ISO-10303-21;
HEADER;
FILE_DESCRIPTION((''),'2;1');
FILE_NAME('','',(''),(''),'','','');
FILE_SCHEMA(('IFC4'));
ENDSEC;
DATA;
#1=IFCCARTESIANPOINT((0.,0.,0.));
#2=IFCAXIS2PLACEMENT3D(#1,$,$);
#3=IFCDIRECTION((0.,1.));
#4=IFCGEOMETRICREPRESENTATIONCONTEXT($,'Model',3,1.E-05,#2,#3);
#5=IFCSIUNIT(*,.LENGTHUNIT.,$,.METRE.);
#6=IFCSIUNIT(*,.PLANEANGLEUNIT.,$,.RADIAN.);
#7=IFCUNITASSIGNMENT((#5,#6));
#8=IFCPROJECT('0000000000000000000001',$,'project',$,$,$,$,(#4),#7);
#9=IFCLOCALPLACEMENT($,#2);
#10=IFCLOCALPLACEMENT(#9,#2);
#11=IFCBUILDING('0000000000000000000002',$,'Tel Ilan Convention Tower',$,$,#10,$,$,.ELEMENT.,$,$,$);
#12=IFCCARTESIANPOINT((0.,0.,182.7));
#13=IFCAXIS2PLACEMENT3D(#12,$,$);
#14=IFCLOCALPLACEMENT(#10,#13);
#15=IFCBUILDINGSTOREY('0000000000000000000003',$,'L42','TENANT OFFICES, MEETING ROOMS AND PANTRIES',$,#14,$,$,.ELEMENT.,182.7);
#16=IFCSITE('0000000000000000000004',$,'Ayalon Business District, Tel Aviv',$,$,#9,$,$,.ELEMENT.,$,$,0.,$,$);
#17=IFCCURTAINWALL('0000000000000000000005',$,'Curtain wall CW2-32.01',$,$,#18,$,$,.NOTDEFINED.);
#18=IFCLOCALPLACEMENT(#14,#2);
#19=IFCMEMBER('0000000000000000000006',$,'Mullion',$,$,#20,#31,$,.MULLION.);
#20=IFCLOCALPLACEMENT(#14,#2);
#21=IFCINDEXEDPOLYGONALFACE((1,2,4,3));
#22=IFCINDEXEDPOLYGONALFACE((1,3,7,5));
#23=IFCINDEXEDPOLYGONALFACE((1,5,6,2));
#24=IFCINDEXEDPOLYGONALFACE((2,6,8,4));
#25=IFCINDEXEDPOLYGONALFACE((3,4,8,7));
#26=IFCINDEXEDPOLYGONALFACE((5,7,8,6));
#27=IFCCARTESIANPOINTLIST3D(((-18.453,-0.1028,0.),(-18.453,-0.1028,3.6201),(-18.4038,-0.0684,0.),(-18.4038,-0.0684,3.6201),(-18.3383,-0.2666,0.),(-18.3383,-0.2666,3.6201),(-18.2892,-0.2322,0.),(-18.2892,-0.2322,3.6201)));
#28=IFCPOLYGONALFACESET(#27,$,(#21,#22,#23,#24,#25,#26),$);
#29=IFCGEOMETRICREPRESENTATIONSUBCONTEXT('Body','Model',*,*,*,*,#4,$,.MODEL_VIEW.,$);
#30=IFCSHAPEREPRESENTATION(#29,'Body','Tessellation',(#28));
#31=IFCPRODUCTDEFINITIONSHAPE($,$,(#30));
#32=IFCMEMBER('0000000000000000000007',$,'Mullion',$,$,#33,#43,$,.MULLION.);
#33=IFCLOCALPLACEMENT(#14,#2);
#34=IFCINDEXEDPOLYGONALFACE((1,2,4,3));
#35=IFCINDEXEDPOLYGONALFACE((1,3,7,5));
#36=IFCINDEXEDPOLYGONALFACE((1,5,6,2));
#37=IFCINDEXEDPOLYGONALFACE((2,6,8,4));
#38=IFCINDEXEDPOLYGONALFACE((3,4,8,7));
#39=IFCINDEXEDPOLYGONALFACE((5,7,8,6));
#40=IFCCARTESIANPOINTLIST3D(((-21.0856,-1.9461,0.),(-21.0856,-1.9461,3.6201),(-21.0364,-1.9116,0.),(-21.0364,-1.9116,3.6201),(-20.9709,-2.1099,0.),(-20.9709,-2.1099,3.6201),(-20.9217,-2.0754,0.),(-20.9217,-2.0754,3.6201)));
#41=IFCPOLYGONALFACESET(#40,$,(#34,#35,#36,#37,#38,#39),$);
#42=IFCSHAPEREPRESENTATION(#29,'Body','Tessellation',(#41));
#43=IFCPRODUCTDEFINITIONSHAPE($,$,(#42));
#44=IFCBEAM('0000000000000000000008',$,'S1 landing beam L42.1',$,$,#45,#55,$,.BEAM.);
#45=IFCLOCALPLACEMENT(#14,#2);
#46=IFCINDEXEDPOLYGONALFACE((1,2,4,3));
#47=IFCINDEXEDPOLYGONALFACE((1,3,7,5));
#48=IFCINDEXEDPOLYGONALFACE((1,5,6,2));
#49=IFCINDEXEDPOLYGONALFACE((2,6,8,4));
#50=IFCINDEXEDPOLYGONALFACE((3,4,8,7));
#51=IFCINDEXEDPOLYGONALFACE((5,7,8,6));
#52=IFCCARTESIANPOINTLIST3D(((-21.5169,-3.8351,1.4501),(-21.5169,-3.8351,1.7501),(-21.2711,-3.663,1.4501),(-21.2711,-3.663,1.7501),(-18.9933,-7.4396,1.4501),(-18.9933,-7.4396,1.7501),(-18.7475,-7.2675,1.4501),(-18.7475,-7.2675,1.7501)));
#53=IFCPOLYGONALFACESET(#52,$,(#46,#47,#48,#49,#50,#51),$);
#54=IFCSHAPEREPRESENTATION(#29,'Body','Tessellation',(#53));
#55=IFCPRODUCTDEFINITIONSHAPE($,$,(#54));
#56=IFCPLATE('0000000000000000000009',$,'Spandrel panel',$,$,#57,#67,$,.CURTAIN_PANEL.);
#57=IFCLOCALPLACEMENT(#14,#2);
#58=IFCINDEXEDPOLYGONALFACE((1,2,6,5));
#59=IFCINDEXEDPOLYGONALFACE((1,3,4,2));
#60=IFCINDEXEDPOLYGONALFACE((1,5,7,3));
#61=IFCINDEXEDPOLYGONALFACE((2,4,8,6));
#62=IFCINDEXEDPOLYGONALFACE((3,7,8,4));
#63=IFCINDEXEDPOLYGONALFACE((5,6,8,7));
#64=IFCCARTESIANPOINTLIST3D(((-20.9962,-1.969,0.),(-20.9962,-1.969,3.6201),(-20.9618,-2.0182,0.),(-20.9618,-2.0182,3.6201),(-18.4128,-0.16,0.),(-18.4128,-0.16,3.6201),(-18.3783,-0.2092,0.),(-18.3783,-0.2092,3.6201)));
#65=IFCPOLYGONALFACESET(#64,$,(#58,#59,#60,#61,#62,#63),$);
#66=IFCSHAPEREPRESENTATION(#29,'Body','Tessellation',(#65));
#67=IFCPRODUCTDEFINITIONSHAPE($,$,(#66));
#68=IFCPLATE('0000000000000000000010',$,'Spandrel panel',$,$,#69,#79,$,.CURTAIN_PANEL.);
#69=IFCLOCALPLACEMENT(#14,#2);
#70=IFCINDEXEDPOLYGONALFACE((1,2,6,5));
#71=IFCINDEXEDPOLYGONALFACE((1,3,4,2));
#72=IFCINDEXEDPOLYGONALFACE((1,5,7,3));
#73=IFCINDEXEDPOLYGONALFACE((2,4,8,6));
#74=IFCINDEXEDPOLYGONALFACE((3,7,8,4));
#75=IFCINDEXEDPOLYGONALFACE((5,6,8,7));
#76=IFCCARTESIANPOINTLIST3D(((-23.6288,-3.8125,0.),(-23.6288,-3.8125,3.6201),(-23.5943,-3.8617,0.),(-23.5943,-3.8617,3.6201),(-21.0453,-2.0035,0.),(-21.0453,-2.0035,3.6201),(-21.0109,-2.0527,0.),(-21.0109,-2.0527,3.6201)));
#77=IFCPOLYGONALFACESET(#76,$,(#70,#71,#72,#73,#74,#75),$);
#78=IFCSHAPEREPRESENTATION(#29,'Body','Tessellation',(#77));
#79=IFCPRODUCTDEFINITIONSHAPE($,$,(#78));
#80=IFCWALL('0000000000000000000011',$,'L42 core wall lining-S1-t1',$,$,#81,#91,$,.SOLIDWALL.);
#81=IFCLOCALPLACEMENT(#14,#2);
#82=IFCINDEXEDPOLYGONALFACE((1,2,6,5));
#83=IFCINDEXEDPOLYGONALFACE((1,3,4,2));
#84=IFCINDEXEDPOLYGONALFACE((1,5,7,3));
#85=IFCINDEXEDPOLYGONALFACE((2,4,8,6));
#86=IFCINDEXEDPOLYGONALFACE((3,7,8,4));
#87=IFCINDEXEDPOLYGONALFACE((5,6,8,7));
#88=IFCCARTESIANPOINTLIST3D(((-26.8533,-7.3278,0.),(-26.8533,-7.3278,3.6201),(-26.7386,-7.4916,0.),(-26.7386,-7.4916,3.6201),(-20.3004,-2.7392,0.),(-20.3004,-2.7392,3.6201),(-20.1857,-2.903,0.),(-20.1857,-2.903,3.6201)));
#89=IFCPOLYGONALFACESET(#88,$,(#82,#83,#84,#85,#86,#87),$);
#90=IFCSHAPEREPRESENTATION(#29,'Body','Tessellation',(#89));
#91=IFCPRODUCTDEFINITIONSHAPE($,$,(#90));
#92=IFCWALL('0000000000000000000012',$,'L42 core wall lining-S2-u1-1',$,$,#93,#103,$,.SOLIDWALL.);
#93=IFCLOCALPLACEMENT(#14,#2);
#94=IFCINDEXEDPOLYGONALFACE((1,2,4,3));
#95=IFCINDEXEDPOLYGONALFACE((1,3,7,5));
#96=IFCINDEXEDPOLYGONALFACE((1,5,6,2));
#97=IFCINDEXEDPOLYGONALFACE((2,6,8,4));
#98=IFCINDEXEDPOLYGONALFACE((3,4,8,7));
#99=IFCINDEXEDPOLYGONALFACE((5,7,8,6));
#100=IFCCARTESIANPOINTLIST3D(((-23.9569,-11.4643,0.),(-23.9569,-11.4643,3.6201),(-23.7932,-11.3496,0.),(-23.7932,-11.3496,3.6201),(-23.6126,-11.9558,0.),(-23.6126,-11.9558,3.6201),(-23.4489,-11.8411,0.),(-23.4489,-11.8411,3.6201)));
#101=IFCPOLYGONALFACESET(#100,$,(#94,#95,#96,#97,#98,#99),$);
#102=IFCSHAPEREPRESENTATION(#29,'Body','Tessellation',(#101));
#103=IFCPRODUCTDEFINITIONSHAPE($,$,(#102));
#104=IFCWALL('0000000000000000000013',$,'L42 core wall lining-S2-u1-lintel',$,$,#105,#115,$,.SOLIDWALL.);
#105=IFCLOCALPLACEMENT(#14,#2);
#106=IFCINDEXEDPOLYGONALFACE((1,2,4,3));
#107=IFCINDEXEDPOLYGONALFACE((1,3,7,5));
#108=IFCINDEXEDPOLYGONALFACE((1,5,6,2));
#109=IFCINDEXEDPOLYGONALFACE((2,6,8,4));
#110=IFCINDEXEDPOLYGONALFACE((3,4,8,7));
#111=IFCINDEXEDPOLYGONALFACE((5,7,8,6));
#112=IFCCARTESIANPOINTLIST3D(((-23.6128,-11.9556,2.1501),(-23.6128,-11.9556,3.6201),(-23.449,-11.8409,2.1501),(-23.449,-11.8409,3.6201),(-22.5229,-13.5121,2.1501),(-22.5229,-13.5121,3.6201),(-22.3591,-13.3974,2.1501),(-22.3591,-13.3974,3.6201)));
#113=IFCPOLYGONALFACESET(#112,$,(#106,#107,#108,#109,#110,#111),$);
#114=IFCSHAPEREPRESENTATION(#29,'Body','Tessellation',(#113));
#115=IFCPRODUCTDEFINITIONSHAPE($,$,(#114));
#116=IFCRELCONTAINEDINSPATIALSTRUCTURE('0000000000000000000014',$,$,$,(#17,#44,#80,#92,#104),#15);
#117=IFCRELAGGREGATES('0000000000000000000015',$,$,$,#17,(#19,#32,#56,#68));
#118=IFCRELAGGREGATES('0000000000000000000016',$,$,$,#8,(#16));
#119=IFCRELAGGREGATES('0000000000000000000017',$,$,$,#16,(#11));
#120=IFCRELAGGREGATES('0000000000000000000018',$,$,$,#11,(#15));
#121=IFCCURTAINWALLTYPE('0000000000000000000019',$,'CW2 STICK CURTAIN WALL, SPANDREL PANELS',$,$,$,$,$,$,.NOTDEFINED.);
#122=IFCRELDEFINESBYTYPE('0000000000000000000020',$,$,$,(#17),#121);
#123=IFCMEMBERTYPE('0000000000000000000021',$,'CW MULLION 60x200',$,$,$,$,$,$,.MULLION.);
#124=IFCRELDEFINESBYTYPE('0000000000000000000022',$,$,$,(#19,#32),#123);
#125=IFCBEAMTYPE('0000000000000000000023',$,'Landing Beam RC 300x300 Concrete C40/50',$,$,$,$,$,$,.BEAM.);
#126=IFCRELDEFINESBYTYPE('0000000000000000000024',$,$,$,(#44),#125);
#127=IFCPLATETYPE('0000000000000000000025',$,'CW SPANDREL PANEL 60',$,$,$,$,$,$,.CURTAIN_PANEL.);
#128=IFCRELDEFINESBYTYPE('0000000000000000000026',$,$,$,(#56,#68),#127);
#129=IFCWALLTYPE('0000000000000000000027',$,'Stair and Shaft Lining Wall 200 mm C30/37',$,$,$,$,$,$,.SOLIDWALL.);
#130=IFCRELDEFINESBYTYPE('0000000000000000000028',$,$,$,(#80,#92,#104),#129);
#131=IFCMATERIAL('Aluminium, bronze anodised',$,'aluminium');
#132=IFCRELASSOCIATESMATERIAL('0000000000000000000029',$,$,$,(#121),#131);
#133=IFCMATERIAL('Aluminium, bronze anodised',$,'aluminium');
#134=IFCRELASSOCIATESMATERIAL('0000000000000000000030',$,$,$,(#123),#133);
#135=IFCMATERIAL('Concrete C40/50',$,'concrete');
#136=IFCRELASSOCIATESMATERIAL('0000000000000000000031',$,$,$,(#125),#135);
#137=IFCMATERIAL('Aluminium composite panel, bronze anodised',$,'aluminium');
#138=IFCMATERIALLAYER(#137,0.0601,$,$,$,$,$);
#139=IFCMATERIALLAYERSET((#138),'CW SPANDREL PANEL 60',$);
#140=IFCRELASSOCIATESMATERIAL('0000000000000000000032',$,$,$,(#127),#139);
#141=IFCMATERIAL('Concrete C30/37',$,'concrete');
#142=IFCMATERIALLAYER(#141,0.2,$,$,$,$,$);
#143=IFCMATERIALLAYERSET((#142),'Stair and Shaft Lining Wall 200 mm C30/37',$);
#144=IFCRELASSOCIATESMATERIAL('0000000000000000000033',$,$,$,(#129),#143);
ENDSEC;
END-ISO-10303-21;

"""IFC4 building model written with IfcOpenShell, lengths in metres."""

from ifc_helpers import new_model, si_unit, direction, frame, frame_2d, origin, origin_2d, place, context, subcontext, project, spatial, rectangle, extrude, material, layer, layer_set, material_profile, profile_set, type_object, element, aggregate, save


model = new_model("IFC4")

# Units and contexts
model_context = context("Model", 3, precision=1e-05, world=origin(), true_north=direction((0.0, 1.0)))
body_context = subcontext(model_context, "Body", "Model", "MODEL_VIEW")
ifc_project = project(units=[si_unit("LENGTHUNIT", "METRE"), si_unit("PLANEANGLEUNIT", "RADIAN")], contexts=[model_context])

# Site, building, storey
site_placement = place(None, origin())
site = spatial("IfcSite", under=ifc_project, at=site_placement, Name="Ayalon Business District, Tel Aviv", CompositionType="ELEMENT", RefElevation=0.0)
building_placement = place(site_placement, origin())
building = spatial("IfcBuilding", under=site, at=building_placement, Name="Tel Ilan Convention Tower", CompositionType="ELEMENT")
storey_placement = place(building_placement, frame((0.0, 0.0, 182.7)))
storey = spatial("IfcBuildingStorey", under=building, at=storey_placement, Name="L42", Description="TENANT OFFICES, MEETING ROOMS AND PANTRIES", CompositionType="ELEMENT", Elevation=182.7)

# Curtain wall, members
ifc_material_1 = material(Name="Aluminium, bronze anodised", Category="aluminium")
curtain_wall_type = type_object("IfcCurtainWallType", Name="CW2 STICK CURTAIN WALL, SPANDREL PANELS", PredefinedType="NOTDEFINED", material=ifc_material_1)
curtain_wall_placement = place(storey_placement, origin())
curtain_wall = element("IfcCurtainWall", 1, at=curtain_wall_placement, inside=storey, type_object=curtain_wall_type, Name="Curtain wall CW2-32.01", PredefinedType="NOTDEFINED")
ifc_material_2 = material(Name="Aluminium, bronze anodised", Category="aluminium")
ifc_material_profile_1 = material_profile(ifc_material_2, rectangle(XDim=0.0601, YDim=0.2, at=origin_2d()), Name="CW MULLION 60x200")
ifc_profile_set_1 = profile_set([ifc_material_profile_1], Name="Aluminium, bronze anodised")
member_type = type_object("IfcMemberType", Name="CW MULLION 60x200", PredefinedType="MULLION", material=ifc_profile_set_1)
member_1_placement = place(storey_placement, frame((-18.3711, -0.1675, 0.0), z_axis=(0.0, 0.0, 1.0), x_axis=(-0.819152, -0.573576, 0.0)))
member_1 = element("IfcMember", 2, at=member_1_placement, type_object=member_type, Name="Mullion", PredefinedType="MULLION", context=body_context, shape_type="SweptSolid", body=[
    extrude(rectangle(XDim=0.0601, YDim=0.2, at=origin_2d()), origin(), (0.0, 0.0, 1.0), 3.6201),
])
member_2_placement = place(storey_placement, frame((-21.0037, -2.0107, 0.0), z_axis=(0.0, 0.0, 1.0), x_axis=(-0.819152, -0.573576, 0.0)))
member_2 = element("IfcMember", 3, at=member_2_placement, type_object=member_type, Name="Mullion", PredefinedType="MULLION", context=body_context, shape_type="SweptSolid", body=[
    extrude(rectangle(XDim=0.0601, YDim=0.2, at=origin_2d()), origin(), (0.0, 0.0, 1.0), 3.6201),
])

# Beam
ifc_material_3 = material(Name="Concrete C40/50", Category="concrete")
ifc_material_profile_2 = material_profile(ifc_material_3, rectangle(XDim=0.3, YDim=0.3, at=origin_2d()), Name="RC 300x300")
ifc_profile_set_2 = profile_set([ifc_material_profile_2], Name="Concrete C40/50")
beam_type = type_object("IfcBeamType", Name="Landing Beam RC 300x300 Concrete C40/50", PredefinedType="BEAM", material=ifc_profile_set_2)
beam_placement = place(storey_placement, frame((-18.8704, -7.3535, 1.6001), z_axis=(-0.573544, 0.819175, 0.0), x_axis=(-0.819175, -0.573544, 0.0)))
element("IfcBeam", 4, at=beam_placement, inside=storey, type_object=beam_type, Name="S1 landing beam L42.1", PredefinedType="BEAM", context=body_context, shape_type="SweptSolid", body=[
    extrude(rectangle(XDim=0.3, YDim=0.3, at=origin_2d()), origin(), (0.0, 0.0, 1.0), 4.4001),
])

# Plates
ifc_material_4 = material(Name="Aluminium composite panel, bronze anodised", Category="aluminium")
ifc_layer_1 = layer(ifc_material_4, 0.0601)
ifc_layer_set_1 = layer_set([ifc_layer_1], Name="CW SPANDREL PANEL 60")
plate_type = type_object("IfcPlateType", Name="CW SPANDREL PANEL 60", PredefinedType="CURTAIN_PANEL", material=ifc_layer_set_1)
plate_1_placement = place(storey_placement, frame((-19.6873, -1.0891, 0.0), z_axis=(0.0, 0.0, 1.0), x_axis=(-0.819152, -0.573576, 0.0)))
plate_1 = element("IfcPlate", 5, at=plate_1_placement, type_object=plate_type, Name="Spandrel panel", PredefinedType="CURTAIN_PANEL", context=body_context, shape_type="SweptSolid", body=[
    extrude(rectangle(XDim=3.1538, YDim=0.0601, at=origin_2d()), origin(), (0.0, 0.0, 1.0), 3.6201),
])
plate_2_placement = place(storey_placement, frame((-22.3198, -2.9326, 0.0), z_axis=(0.0, 0.0, 1.0), x_axis=(-0.819152, -0.573576, 0.0)))
plate_2 = element("IfcPlate", 6, at=plate_2_placement, type_object=plate_type, Name="Spandrel panel", PredefinedType="CURTAIN_PANEL", context=body_context, shape_type="SweptSolid", body=[
    extrude(rectangle(XDim=3.1538, YDim=0.0601, at=origin_2d()), origin(), (0.0, 0.0, 1.0), 3.6201),
])
aggregate(curtain_wall, [member_1, member_2, plate_1, plate_2])

# Walls
ifc_material_5 = material(Name="Concrete C30/37", Category="concrete")
ifc_layer_2 = layer(ifc_material_5, 0.2)
ifc_layer_set_2 = layer_set([ifc_layer_2], Name="Stair and Shaft Lining Wall 200 mm C30/37")
wall_type = type_object("IfcWallType", Name="Stair and Shaft Lining Wall 200 mm C30/37", PredefinedType="SOLIDWALL", material=ifc_layer_set_2)
wall_1_placement = place(storey_placement, frame((-20.2429, -2.821, 0.0), z_axis=(0.0, 0.0, 1.0), x_axis=(-0.819142, -0.573591, 0.0)))
element("IfcWall", 7, at=wall_1_placement, inside=storey, type_object=wall_type, Name="L42 core wall lining-S1-t1", PredefinedType="SOLIDWALL", context=body_context, shape_type="SweptSolid", body=[
    extrude(rectangle(XDim=7.9998, YDim=0.2, at=frame_2d((4.0, 0.0))), origin(), (0.0, 0.0, 1.0), 3.6201),
])
wall_2_placement = place(storey_placement, frame((-23.5308, -11.8984, 0.0), z_axis=(0.0, 0.0, 1.0), x_axis=(-0.573708, 0.81906, 0.0)))
element("IfcWall", 8, at=wall_2_placement, inside=storey, type_object=wall_type, Name="L42 core wall lining-S2-u1-1", PredefinedType="SOLIDWALL", context=body_context, shape_type="SweptSolid", body=[
    extrude(rectangle(XDim=0.6001, YDim=0.2, at=frame_2d((0.3, 0.0))), origin(), (0.0, 0.0, 1.0), 3.6201),
])
wall_3_placement = place(storey_placement, frame((-22.4409, -13.4548, 2.1501), z_axis=(0.0, 0.0, 1.0), x_axis=(-0.573592, 0.819141, 0.0)))
element("IfcWall", 9, at=wall_3_placement, inside=storey, type_object=wall_type, Name="L42 core wall lining-S2-u1-lintel", PredefinedType="SOLIDWALL", context=body_context, shape_type="SweptSolid", body=[
    extrude(rectangle(XDim=1.9001, YDim=0.2, at=frame_2d((0.9502, 0.0))), origin(), (0.0, 0.0, 1.0), 1.47),
])

save(model, "model.ifc")
